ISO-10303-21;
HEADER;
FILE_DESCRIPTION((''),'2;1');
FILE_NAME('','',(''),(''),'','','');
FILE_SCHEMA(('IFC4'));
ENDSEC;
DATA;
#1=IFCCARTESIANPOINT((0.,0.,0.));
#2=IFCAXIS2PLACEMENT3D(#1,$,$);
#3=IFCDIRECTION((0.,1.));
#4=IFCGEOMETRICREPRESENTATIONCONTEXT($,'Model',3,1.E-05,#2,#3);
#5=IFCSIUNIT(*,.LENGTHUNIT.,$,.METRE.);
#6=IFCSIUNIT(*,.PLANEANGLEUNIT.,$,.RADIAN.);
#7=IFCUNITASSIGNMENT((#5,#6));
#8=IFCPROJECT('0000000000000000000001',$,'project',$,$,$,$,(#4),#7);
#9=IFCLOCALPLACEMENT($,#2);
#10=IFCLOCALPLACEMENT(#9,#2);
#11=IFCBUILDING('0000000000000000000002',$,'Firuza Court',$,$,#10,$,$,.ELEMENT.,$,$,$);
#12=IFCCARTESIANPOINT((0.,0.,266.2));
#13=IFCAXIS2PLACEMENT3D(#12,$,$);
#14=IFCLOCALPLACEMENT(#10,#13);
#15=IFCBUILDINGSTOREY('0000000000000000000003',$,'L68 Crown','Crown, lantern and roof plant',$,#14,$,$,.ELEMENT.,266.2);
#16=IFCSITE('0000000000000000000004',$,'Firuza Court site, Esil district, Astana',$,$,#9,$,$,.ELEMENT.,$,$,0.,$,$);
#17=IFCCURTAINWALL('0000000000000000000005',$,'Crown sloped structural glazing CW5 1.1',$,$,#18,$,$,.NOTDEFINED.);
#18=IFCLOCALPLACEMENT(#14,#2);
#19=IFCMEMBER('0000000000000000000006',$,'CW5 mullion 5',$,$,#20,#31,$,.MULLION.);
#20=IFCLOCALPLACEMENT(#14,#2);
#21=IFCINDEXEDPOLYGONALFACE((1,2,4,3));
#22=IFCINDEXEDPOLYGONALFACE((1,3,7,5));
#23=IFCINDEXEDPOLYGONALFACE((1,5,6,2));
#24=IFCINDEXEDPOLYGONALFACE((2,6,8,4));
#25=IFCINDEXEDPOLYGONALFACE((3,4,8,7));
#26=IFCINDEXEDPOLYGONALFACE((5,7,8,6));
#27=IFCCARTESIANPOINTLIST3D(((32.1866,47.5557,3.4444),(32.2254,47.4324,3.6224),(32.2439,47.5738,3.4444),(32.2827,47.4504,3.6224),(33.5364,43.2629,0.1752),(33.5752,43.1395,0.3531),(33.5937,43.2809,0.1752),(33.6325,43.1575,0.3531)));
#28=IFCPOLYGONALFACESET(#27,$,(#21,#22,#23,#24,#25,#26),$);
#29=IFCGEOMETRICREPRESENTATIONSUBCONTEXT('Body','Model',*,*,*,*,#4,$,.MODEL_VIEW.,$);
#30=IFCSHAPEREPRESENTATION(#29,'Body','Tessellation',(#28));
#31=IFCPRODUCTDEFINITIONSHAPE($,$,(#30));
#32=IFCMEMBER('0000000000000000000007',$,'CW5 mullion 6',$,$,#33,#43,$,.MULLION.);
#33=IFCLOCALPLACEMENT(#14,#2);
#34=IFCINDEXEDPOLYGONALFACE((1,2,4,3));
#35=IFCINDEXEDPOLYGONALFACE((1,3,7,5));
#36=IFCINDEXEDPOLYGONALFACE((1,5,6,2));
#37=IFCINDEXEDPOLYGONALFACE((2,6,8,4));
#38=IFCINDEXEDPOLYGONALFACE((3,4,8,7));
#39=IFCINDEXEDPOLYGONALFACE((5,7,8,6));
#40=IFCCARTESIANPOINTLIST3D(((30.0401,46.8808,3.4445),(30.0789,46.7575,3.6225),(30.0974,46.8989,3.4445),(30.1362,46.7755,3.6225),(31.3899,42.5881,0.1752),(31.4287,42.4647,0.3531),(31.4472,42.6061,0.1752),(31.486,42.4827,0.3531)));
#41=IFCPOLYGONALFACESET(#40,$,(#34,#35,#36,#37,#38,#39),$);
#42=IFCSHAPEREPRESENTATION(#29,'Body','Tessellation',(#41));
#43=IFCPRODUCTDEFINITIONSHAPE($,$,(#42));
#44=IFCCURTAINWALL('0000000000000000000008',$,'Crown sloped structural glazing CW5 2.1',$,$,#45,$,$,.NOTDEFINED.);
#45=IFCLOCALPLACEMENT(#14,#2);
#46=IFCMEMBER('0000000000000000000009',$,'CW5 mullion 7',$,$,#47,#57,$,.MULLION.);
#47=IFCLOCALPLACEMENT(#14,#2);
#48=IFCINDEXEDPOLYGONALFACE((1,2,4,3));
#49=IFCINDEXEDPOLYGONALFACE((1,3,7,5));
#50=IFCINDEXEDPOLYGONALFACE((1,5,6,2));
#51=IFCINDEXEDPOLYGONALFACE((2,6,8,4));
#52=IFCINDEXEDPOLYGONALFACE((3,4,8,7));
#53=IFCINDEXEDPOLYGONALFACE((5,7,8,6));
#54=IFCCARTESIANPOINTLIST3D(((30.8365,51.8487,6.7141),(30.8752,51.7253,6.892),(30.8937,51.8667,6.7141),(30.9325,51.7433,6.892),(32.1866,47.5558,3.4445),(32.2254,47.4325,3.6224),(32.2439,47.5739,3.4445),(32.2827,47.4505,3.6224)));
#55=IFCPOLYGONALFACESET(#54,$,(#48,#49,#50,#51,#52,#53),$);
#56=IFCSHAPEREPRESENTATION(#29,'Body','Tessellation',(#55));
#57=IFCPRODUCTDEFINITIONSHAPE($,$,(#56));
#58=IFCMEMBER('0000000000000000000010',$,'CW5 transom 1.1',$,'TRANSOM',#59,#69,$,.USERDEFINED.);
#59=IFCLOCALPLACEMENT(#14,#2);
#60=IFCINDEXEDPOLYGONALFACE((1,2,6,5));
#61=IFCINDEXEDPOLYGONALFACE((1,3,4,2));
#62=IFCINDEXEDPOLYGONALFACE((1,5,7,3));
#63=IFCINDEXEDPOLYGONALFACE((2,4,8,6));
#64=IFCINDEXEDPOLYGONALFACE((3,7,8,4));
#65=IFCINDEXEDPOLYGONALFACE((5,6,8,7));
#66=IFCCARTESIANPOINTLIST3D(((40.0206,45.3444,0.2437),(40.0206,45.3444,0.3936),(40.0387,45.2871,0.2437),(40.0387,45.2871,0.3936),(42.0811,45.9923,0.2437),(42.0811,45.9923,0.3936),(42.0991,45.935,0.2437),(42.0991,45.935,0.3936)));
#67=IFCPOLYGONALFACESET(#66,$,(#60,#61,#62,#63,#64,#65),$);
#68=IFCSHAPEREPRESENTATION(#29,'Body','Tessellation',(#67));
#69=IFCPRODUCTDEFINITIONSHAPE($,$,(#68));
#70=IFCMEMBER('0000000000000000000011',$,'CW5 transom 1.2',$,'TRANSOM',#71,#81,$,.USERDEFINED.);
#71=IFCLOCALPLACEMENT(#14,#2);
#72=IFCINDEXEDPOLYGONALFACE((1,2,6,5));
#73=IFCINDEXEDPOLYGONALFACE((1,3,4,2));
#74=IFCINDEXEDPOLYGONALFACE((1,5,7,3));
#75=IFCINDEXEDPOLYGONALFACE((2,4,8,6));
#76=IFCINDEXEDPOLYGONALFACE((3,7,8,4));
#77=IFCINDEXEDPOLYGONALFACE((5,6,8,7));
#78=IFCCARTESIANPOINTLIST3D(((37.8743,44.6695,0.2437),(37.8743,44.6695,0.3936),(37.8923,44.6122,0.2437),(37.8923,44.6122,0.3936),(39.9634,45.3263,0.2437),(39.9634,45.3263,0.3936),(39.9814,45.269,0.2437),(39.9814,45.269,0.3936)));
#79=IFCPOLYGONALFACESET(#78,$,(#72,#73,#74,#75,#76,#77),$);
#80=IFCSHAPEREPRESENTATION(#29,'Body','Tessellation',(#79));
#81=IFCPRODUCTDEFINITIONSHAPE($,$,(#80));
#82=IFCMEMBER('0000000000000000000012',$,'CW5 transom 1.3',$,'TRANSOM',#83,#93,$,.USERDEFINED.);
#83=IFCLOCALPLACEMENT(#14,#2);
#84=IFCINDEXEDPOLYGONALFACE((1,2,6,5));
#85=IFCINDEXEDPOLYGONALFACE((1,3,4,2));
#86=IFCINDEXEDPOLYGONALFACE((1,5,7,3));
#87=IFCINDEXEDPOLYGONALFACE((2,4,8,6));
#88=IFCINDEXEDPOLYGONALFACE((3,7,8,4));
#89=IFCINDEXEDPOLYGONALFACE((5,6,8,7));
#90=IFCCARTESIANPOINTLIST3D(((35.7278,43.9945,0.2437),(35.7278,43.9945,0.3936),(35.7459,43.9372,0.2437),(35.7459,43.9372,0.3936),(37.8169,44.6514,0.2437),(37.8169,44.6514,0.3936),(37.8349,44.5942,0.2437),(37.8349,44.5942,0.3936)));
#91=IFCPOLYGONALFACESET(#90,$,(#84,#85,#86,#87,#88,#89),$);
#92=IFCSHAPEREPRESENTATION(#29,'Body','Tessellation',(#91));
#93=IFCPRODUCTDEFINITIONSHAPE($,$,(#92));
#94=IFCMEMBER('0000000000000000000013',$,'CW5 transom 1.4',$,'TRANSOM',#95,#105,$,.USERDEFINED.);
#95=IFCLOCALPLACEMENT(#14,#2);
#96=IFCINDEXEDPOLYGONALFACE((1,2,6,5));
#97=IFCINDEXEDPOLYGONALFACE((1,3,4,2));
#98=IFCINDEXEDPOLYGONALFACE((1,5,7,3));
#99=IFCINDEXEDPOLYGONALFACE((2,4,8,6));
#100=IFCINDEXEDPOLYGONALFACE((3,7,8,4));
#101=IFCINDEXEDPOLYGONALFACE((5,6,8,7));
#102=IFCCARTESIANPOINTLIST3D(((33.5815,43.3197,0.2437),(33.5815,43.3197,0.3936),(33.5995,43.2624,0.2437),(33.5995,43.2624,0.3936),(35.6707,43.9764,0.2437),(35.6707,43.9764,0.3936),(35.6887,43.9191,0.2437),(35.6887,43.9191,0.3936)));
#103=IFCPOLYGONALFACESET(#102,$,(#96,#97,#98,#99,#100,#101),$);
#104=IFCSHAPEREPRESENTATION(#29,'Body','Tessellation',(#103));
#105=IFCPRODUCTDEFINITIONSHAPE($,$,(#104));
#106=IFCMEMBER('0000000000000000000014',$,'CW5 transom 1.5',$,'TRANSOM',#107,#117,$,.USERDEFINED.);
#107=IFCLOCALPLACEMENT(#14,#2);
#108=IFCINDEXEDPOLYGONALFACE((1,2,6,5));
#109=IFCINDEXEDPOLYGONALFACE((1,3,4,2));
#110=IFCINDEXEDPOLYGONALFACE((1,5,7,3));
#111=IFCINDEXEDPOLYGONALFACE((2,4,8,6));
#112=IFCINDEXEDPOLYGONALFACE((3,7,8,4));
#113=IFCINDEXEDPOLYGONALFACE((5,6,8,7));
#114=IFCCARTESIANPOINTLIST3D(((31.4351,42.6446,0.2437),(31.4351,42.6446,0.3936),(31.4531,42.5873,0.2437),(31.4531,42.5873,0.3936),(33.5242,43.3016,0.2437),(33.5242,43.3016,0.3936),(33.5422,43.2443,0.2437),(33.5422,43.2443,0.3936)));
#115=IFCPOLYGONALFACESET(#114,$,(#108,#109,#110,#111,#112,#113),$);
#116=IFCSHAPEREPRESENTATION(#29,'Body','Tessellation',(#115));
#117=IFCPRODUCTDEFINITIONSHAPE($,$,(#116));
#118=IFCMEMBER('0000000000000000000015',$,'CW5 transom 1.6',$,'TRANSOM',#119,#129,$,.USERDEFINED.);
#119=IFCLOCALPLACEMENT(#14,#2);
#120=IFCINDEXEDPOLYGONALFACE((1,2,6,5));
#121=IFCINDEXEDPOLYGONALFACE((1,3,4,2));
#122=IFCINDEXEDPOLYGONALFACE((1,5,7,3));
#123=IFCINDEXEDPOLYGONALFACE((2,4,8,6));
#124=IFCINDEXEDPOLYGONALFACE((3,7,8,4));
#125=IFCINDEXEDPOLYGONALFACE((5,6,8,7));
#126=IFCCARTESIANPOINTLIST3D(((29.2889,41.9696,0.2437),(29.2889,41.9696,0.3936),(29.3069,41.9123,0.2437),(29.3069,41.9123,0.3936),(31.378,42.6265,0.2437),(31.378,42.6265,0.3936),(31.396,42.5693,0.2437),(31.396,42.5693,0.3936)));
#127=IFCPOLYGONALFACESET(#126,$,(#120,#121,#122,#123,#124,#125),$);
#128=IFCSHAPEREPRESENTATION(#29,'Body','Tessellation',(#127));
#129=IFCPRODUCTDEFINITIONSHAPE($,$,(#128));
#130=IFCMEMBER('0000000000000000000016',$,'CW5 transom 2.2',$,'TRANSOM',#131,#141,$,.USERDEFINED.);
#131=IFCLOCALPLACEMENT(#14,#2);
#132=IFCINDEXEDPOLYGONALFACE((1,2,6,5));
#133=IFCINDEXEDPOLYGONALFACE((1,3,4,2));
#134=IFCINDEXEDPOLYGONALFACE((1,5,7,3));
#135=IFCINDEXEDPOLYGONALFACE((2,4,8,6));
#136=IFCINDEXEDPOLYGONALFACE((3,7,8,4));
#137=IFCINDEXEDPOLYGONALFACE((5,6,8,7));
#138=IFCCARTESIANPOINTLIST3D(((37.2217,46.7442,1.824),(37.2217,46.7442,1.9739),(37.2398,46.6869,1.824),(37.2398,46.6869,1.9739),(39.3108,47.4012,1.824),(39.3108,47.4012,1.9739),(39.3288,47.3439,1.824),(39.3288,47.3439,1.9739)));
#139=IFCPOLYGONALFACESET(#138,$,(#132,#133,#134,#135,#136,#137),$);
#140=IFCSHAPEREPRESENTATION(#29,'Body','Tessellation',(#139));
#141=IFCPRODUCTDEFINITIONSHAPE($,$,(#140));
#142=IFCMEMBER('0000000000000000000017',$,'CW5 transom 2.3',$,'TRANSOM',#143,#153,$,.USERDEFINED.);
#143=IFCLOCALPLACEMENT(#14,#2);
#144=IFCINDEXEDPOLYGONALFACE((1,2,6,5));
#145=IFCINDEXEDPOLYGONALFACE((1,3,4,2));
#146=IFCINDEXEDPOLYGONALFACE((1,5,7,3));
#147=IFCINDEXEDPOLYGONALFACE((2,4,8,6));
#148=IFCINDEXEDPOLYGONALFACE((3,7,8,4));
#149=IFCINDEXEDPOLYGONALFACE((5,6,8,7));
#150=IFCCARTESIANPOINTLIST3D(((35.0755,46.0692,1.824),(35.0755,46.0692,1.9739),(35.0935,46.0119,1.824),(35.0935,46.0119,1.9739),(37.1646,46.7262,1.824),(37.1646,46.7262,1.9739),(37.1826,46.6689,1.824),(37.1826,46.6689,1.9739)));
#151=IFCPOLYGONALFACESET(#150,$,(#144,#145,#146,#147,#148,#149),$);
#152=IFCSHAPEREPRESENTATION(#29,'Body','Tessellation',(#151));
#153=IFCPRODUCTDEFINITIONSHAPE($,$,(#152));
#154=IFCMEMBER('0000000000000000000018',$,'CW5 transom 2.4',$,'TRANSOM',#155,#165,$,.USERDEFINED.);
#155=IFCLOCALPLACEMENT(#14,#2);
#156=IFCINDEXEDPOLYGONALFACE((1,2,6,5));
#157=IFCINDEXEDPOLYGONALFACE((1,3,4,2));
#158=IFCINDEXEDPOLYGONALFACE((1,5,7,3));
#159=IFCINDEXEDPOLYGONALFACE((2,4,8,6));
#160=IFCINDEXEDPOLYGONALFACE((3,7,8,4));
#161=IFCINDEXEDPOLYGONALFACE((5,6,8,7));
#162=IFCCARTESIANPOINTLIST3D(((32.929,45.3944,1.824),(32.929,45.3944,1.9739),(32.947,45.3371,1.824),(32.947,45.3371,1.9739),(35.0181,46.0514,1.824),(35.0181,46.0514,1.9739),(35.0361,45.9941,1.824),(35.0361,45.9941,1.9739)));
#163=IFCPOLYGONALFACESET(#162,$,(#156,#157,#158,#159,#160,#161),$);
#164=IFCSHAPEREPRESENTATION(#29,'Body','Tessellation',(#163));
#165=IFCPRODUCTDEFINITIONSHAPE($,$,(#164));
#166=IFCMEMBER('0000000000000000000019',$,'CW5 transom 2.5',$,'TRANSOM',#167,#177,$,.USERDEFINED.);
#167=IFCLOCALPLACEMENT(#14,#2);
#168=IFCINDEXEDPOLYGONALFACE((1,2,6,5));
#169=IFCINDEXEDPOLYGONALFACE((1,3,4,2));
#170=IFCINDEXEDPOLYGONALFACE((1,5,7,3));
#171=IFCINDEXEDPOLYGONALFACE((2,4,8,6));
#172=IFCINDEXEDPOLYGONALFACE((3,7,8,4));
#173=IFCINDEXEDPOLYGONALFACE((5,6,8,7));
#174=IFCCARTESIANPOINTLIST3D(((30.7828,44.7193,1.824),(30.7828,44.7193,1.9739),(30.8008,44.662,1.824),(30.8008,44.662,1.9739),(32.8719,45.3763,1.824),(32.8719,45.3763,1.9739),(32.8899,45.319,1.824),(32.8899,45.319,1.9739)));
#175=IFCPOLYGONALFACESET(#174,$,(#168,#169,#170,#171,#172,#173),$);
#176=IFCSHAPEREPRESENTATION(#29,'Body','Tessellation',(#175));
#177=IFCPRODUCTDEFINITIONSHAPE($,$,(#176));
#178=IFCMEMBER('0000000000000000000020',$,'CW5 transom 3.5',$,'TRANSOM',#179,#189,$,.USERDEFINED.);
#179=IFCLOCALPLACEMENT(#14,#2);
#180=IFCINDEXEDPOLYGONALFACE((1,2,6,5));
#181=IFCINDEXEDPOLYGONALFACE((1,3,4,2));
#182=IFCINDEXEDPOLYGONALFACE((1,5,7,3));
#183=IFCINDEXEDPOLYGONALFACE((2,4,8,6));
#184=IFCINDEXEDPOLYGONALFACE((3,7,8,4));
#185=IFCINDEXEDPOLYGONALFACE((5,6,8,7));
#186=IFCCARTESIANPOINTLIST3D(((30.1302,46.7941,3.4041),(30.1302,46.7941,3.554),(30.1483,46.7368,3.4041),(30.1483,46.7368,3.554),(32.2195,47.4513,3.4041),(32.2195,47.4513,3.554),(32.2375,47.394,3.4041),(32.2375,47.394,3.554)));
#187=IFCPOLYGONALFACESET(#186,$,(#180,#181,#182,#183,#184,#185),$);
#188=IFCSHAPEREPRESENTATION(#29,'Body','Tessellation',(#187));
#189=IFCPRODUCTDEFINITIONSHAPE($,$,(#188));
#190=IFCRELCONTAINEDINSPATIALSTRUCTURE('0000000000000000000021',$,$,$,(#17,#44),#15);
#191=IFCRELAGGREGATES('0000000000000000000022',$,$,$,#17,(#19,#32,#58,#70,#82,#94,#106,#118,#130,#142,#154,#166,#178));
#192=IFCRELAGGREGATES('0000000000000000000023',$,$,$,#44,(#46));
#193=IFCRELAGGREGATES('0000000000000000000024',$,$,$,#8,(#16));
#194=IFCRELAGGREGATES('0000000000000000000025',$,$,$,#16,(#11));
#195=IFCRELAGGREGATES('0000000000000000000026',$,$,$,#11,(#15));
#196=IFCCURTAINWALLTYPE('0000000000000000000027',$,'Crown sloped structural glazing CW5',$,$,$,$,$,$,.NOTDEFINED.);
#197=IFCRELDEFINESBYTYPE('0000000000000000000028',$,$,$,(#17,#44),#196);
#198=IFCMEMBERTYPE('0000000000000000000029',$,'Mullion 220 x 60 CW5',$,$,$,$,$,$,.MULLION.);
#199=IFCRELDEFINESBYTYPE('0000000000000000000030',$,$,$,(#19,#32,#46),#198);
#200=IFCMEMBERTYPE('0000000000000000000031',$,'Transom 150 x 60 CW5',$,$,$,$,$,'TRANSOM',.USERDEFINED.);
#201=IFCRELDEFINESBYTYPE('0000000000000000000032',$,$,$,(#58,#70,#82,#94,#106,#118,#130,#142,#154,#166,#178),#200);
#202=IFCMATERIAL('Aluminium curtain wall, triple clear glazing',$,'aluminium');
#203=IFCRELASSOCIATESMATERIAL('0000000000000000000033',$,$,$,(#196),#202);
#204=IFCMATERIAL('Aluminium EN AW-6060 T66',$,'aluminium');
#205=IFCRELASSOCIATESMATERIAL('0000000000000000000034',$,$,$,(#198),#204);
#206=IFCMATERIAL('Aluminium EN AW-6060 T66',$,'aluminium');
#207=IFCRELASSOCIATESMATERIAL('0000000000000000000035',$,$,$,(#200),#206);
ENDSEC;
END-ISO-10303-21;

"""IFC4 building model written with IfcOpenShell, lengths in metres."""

from ifc_helpers import new_model, si_unit, direction, frame, origin, origin_2d, place, context, subcontext, project, spatial, rectangle, extrude, material, material_profile, profile_set, type_object, element, aggregate, save


model = new_model("IFC4")

# Units and contexts
model_context = context("Model", 3, precision=1e-05, world=origin(), true_north=direction((0.0, 1.0)))
body_context = subcontext(model_context, "Body", "Model", "MODEL_VIEW")
ifc_project = project(units=[si_unit("LENGTHUNIT", "METRE"), si_unit("PLANEANGLEUNIT", "RADIAN")], contexts=[model_context])

# Site, building, storey
site_placement = place(None, origin())
site = spatial("IfcSite", under=ifc_project, at=site_placement, Name="Firuza Court site, Esil district, Astana", CompositionType="ELEMENT", RefElevation=0.0)
building_placement = place(site_placement, origin())
building = spatial("IfcBuilding", under=site, at=building_placement, Name="Firuza Court", CompositionType="ELEMENT")
storey_placement = place(building_placement, frame((0.0, 0.0, 266.2)))
storey = spatial("IfcBuildingStorey", under=building, at=storey_placement, Name="L68 Crown", Description="Crown, lantern and roof plant", CompositionType="ELEMENT", Elevation=266.2)

# Curtain wall, members
ifc_material_1 = material(Name="Aluminium curtain wall, triple clear glazing", Category="aluminium")
curtain_wall_type = type_object("IfcCurtainWallType", Name="Crown sloped structural glazing CW5", PredefinedType="NOTDEFINED", material=ifc_material_1)
curtain_wall_1_placement = place(storey_placement, origin())
curtain_wall_1 = element("IfcCurtainWall", 1, at=curtain_wall_1_placement, inside=storey, type_object=curtain_wall_type, Name="Crown sloped structural glazing CW5 1.1", PredefinedType="NOTDEFINED")
ifc_material_2 = material(Name="Aluminium EN AW-6060 T66", Category="aluminium")
ifc_material_profile_1 = material_profile(ifc_material_2, rectangle(XDim=0.0601, YDim=0.22, at=origin_2d()), Name="Mullion 220 x 60 CW5")
ifc_profile_set_1 = profile_set([ifc_material_profile_1], Name="Aluminium EN AW-6060 T66")
member_type_1 = type_object("IfcMemberType", Name="Mullion 220 x 60 CW5", PredefinedType="MULLION", material=ifc_profile_set_1)
member_1_placement = place(storey_placement, frame((33.5845, 43.2102, 0.2642), z_axis=(-0.242676, 0.771788, 0.587751), x_axis=(-0.953953, -0.299955, 0.0)))
member_1 = element("IfcMember", 2, at=member_1_placement, type_object=member_type_1, Name="CW5 mullion 5", PredefinedType="MULLION", context=body_context, shape_type="SweptSolid", body=[
    extrude(rectangle(XDim=0.0601, YDim=0.22, at=origin_2d()), origin(), (0.0, 0.0, 1.0), 5.5623),
])
member_2_placement = place(storey_placement, frame((31.438, 42.5354, 0.2642), z_axis=(-0.242684, 0.77177, 0.587771), x_axis=(-0.953948, -0.29997, 0.0)))
member_2 = element("IfcMember", 3, at=member_2_placement, type_object=member_type_1, Name="CW5 mullion 6", PredefinedType="MULLION", context=body_context, shape_type="SweptSolid", body=[
    extrude(rectangle(XDim=0.0601, YDim=0.22, at=origin_2d()), origin(), (0.0, 0.0, 1.0), 5.5623),
])

# Curtain wall, member
curtain_wall_2_placement = place(storey_placement, origin())
curtain_wall_2 = element("IfcCurtainWall", 4, at=curtain_wall_2_placement, inside=storey, type_object=curtain_wall_type, Name="Crown sloped structural glazing CW5 2.1", PredefinedType="NOTDEFINED")
member_3_placement = place(storey_placement, frame((32.2346, 47.5032, 3.5334), z_axis=(-0.242719, 0.771742, 0.587793), x_axis=(-0.953933, -0.30002, 0.0)))
member_3 = element("IfcMember", 5, at=member_3_placement, type_object=member_type_1, Name="CW5 mullion 7", PredefinedType="MULLION", context=body_context, shape_type="SweptSolid", body=[
    extrude(rectangle(XDim=0.0601, YDim=0.22, at=origin_2d()), origin(), (0.0, 0.0, 1.0), 5.5625),
])

# Members
ifc_material_3 = material(Name="Aluminium EN AW-6060 T66", Category="aluminium")
ifc_material_profile_2 = material_profile(ifc_material_3, rectangle(XDim=0.0601, YDim=0.1499, at=origin_2d()), Name="Transom 150 x 60 CW5")
ifc_profile_set_2 = profile_set([ifc_material_profile_2], Name="Aluminium EN AW-6060 T66")
member_type_2 = type_object("IfcMemberType", Name="Transom 150 x 60 CW5", ElementType="TRANSOM", PredefinedType="USERDEFINED", material=ifc_profile_set_2)
member_4_placement = place(storey_placement, frame((42.0901, 45.9636, 0.3186), z_axis=(-0.953948, -0.299974, 0.0), x_axis=(0.299974, -0.953948, 0.0)))
member_4 = element("IfcMember", 6, at=member_4_placement, type_object=member_type_2, Name="CW5 transom 1.1", ObjectType="TRANSOM", PredefinedType="USERDEFINED", context=body_context, shape_type="SweptSolid", body=[
    extrude(rectangle(XDim=0.0601, YDim=0.1499, at=origin_2d()), origin(), (0.0, 0.0, 1.0), 2.1599),
])
member_5_placement = place(storey_placement, frame((39.9724, 45.2976, 0.3186), z_axis=(-0.953973, -0.299893, 0.0), x_axis=(0.299893, -0.953973, 0.0)))
member_5 = element("IfcMember", 7, at=member_5_placement, type_object=member_type_2, Name="CW5 transom 1.2", ObjectType="TRANSOM", PredefinedType="USERDEFINED", context=body_context, shape_type="SweptSolid", body=[
    extrude(rectangle(XDim=0.0601, YDim=0.1499, at=origin_2d()), origin(), (0.0, 0.0, 1.0), 2.1899),
])
member_6_placement = place(storey_placement, frame((37.8259, 44.6228, 0.3186), z_axis=(-0.953941, -0.299995, 0.0), x_axis=(0.299995, -0.953941, 0.0)))
member_6 = element("IfcMember", 8, at=member_6_placement, type_object=member_type_2, Name="CW5 transom 1.3", ObjectType="TRANSOM", PredefinedType="USERDEFINED", context=body_context, shape_type="SweptSolid", body=[
    extrude(rectangle(XDim=0.0601, YDim=0.1499, at=origin_2d()), origin(), (0.0, 0.0, 1.0), 2.1899),
])
member_7_placement = place(storey_placement, frame((35.6797, 43.9478, 0.3186), z_axis=(-0.953973, -0.299893, 0.0), x_axis=(0.299893, -0.953973, 0.0)))
member_7 = element("IfcMember", 9, at=member_7_placement, type_object=member_type_2, Name="CW5 transom 1.4", ObjectType="TRANSOM", PredefinedType="USERDEFINED", context=body_context, shape_type="SweptSolid", body=[
    extrude(rectangle(XDim=0.0601, YDim=0.1499, at=origin_2d()), origin(), (0.0, 0.0, 1.0), 2.1899),
])
member_8_placement = place(storey_placement, frame((33.5332, 43.2729, 0.3186), z_axis=(-0.953941, -0.299995, 0.0), x_axis=(0.299995, -0.953941, 0.0)))
member_8 = element("IfcMember", 10, at=member_8_placement, type_object=member_type_2, Name="CW5 transom 1.5", ObjectType="TRANSOM", PredefinedType="USERDEFINED", context=body_context, shape_type="SweptSolid", body=[
    extrude(rectangle(XDim=0.0601, YDim=0.1499, at=origin_2d()), origin(), (0.0, 0.0, 1.0), 2.1899),
])
member_9_placement = place(storey_placement, frame((31.387, 42.5979, 0.3186), z_axis=(-0.953941, -0.299995, 0.0), x_axis=(0.299995, -0.953941, 0.0)))
member_9 = element("IfcMember", 11, at=member_9_placement, type_object=member_type_2, Name="CW5 transom 1.6", ObjectType="TRANSOM", PredefinedType="USERDEFINED", context=body_context, shape_type="SweptSolid", body=[
    extrude(rectangle(XDim=0.0601, YDim=0.1499, at=origin_2d()), origin(), (0.0, 0.0, 1.0), 2.1899),
])
member_10_placement = place(storey_placement, frame((39.3198, 47.3726, 1.8989), z_axis=(-0.953941, -0.299995, 0.0), x_axis=(0.299995, -0.953941, 0.0)))
member_10 = element("IfcMember", 12, at=member_10_placement, type_object=member_type_2, Name="CW5 transom 2.2", ObjectType="TRANSOM", PredefinedType="USERDEFINED", context=body_context, shape_type="SweptSolid", body=[
    extrude(rectangle(XDim=0.0601, YDim=0.1499, at=origin_2d()), origin(), (0.0, 0.0, 1.0), 2.1899),
])
member_11_placement = place(storey_placement, frame((37.1736, 46.6975, 1.8989), z_axis=(-0.953941, -0.299995, 0.0), x_axis=(0.299995, -0.953941, 0.0)))
member_11 = element("IfcMember", 13, at=member_11_placement, type_object=member_type_2, Name="CW5 transom 2.3", ObjectType="TRANSOM", PredefinedType="USERDEFINED", context=body_context, shape_type="SweptSolid", body=[
    extrude(rectangle(XDim=0.0601, YDim=0.1499, at=origin_2d()), origin(), (0.0, 0.0, 1.0), 2.1899),
])
member_12_placement = place(storey_placement, frame((35.0271, 46.0227, 1.8989), z_axis=(-0.953941, -0.299995, 0.0), x_axis=(0.299995, -0.953941, 0.0)))
member_12 = element("IfcMember", 14, at=member_12_placement, type_object=member_type_2, Name="CW5 transom 2.4", ObjectType="TRANSOM", PredefinedType="USERDEFINED", context=body_context, shape_type="SweptSolid", body=[
    extrude(rectangle(XDim=0.0601, YDim=0.1499, at=origin_2d()), origin(), (0.0, 0.0, 1.0), 2.1899),
])
member_13_placement = place(storey_placement, frame((32.8809, 45.3477, 1.8989), z_axis=(-0.953941, -0.299995, 0.0), x_axis=(0.299995, -0.953941, 0.0)))
member_13 = element("IfcMember", 15, at=member_13_placement, type_object=member_type_2, Name="CW5 transom 2.5", ObjectType="TRANSOM", PredefinedType="USERDEFINED", context=body_context, shape_type="SweptSolid", body=[
    extrude(rectangle(XDim=0.0601, YDim=0.1499, at=origin_2d()), origin(), (0.0, 0.0, 1.0), 2.1899),
])
member_14_placement = place(storey_placement, frame((32.2285, 47.4226, 3.479), z_axis=(-0.953919, -0.300064, 0.0), x_axis=(0.300064, -0.953919, 0.0)))
member_14 = element("IfcMember", 16, at=member_14_placement, type_object=member_type_2, Name="CW5 transom 3.5", ObjectType="TRANSOM", PredefinedType="USERDEFINED", context=body_context, shape_type="SweptSolid", body=[
    extrude(rectangle(XDim=0.0601, YDim=0.1499, at=origin_2d()), origin(), (0.0, 0.0, 1.0), 2.1902),
])

aggregate(curtain_wall_1, [member_1, member_2, member_4, member_5, member_6, member_7, member_8, member_9, member_10, member_11, member_12, member_13, member_14])
aggregate(curtain_wall_2, [member_3])

save(model, "model.ifc")
